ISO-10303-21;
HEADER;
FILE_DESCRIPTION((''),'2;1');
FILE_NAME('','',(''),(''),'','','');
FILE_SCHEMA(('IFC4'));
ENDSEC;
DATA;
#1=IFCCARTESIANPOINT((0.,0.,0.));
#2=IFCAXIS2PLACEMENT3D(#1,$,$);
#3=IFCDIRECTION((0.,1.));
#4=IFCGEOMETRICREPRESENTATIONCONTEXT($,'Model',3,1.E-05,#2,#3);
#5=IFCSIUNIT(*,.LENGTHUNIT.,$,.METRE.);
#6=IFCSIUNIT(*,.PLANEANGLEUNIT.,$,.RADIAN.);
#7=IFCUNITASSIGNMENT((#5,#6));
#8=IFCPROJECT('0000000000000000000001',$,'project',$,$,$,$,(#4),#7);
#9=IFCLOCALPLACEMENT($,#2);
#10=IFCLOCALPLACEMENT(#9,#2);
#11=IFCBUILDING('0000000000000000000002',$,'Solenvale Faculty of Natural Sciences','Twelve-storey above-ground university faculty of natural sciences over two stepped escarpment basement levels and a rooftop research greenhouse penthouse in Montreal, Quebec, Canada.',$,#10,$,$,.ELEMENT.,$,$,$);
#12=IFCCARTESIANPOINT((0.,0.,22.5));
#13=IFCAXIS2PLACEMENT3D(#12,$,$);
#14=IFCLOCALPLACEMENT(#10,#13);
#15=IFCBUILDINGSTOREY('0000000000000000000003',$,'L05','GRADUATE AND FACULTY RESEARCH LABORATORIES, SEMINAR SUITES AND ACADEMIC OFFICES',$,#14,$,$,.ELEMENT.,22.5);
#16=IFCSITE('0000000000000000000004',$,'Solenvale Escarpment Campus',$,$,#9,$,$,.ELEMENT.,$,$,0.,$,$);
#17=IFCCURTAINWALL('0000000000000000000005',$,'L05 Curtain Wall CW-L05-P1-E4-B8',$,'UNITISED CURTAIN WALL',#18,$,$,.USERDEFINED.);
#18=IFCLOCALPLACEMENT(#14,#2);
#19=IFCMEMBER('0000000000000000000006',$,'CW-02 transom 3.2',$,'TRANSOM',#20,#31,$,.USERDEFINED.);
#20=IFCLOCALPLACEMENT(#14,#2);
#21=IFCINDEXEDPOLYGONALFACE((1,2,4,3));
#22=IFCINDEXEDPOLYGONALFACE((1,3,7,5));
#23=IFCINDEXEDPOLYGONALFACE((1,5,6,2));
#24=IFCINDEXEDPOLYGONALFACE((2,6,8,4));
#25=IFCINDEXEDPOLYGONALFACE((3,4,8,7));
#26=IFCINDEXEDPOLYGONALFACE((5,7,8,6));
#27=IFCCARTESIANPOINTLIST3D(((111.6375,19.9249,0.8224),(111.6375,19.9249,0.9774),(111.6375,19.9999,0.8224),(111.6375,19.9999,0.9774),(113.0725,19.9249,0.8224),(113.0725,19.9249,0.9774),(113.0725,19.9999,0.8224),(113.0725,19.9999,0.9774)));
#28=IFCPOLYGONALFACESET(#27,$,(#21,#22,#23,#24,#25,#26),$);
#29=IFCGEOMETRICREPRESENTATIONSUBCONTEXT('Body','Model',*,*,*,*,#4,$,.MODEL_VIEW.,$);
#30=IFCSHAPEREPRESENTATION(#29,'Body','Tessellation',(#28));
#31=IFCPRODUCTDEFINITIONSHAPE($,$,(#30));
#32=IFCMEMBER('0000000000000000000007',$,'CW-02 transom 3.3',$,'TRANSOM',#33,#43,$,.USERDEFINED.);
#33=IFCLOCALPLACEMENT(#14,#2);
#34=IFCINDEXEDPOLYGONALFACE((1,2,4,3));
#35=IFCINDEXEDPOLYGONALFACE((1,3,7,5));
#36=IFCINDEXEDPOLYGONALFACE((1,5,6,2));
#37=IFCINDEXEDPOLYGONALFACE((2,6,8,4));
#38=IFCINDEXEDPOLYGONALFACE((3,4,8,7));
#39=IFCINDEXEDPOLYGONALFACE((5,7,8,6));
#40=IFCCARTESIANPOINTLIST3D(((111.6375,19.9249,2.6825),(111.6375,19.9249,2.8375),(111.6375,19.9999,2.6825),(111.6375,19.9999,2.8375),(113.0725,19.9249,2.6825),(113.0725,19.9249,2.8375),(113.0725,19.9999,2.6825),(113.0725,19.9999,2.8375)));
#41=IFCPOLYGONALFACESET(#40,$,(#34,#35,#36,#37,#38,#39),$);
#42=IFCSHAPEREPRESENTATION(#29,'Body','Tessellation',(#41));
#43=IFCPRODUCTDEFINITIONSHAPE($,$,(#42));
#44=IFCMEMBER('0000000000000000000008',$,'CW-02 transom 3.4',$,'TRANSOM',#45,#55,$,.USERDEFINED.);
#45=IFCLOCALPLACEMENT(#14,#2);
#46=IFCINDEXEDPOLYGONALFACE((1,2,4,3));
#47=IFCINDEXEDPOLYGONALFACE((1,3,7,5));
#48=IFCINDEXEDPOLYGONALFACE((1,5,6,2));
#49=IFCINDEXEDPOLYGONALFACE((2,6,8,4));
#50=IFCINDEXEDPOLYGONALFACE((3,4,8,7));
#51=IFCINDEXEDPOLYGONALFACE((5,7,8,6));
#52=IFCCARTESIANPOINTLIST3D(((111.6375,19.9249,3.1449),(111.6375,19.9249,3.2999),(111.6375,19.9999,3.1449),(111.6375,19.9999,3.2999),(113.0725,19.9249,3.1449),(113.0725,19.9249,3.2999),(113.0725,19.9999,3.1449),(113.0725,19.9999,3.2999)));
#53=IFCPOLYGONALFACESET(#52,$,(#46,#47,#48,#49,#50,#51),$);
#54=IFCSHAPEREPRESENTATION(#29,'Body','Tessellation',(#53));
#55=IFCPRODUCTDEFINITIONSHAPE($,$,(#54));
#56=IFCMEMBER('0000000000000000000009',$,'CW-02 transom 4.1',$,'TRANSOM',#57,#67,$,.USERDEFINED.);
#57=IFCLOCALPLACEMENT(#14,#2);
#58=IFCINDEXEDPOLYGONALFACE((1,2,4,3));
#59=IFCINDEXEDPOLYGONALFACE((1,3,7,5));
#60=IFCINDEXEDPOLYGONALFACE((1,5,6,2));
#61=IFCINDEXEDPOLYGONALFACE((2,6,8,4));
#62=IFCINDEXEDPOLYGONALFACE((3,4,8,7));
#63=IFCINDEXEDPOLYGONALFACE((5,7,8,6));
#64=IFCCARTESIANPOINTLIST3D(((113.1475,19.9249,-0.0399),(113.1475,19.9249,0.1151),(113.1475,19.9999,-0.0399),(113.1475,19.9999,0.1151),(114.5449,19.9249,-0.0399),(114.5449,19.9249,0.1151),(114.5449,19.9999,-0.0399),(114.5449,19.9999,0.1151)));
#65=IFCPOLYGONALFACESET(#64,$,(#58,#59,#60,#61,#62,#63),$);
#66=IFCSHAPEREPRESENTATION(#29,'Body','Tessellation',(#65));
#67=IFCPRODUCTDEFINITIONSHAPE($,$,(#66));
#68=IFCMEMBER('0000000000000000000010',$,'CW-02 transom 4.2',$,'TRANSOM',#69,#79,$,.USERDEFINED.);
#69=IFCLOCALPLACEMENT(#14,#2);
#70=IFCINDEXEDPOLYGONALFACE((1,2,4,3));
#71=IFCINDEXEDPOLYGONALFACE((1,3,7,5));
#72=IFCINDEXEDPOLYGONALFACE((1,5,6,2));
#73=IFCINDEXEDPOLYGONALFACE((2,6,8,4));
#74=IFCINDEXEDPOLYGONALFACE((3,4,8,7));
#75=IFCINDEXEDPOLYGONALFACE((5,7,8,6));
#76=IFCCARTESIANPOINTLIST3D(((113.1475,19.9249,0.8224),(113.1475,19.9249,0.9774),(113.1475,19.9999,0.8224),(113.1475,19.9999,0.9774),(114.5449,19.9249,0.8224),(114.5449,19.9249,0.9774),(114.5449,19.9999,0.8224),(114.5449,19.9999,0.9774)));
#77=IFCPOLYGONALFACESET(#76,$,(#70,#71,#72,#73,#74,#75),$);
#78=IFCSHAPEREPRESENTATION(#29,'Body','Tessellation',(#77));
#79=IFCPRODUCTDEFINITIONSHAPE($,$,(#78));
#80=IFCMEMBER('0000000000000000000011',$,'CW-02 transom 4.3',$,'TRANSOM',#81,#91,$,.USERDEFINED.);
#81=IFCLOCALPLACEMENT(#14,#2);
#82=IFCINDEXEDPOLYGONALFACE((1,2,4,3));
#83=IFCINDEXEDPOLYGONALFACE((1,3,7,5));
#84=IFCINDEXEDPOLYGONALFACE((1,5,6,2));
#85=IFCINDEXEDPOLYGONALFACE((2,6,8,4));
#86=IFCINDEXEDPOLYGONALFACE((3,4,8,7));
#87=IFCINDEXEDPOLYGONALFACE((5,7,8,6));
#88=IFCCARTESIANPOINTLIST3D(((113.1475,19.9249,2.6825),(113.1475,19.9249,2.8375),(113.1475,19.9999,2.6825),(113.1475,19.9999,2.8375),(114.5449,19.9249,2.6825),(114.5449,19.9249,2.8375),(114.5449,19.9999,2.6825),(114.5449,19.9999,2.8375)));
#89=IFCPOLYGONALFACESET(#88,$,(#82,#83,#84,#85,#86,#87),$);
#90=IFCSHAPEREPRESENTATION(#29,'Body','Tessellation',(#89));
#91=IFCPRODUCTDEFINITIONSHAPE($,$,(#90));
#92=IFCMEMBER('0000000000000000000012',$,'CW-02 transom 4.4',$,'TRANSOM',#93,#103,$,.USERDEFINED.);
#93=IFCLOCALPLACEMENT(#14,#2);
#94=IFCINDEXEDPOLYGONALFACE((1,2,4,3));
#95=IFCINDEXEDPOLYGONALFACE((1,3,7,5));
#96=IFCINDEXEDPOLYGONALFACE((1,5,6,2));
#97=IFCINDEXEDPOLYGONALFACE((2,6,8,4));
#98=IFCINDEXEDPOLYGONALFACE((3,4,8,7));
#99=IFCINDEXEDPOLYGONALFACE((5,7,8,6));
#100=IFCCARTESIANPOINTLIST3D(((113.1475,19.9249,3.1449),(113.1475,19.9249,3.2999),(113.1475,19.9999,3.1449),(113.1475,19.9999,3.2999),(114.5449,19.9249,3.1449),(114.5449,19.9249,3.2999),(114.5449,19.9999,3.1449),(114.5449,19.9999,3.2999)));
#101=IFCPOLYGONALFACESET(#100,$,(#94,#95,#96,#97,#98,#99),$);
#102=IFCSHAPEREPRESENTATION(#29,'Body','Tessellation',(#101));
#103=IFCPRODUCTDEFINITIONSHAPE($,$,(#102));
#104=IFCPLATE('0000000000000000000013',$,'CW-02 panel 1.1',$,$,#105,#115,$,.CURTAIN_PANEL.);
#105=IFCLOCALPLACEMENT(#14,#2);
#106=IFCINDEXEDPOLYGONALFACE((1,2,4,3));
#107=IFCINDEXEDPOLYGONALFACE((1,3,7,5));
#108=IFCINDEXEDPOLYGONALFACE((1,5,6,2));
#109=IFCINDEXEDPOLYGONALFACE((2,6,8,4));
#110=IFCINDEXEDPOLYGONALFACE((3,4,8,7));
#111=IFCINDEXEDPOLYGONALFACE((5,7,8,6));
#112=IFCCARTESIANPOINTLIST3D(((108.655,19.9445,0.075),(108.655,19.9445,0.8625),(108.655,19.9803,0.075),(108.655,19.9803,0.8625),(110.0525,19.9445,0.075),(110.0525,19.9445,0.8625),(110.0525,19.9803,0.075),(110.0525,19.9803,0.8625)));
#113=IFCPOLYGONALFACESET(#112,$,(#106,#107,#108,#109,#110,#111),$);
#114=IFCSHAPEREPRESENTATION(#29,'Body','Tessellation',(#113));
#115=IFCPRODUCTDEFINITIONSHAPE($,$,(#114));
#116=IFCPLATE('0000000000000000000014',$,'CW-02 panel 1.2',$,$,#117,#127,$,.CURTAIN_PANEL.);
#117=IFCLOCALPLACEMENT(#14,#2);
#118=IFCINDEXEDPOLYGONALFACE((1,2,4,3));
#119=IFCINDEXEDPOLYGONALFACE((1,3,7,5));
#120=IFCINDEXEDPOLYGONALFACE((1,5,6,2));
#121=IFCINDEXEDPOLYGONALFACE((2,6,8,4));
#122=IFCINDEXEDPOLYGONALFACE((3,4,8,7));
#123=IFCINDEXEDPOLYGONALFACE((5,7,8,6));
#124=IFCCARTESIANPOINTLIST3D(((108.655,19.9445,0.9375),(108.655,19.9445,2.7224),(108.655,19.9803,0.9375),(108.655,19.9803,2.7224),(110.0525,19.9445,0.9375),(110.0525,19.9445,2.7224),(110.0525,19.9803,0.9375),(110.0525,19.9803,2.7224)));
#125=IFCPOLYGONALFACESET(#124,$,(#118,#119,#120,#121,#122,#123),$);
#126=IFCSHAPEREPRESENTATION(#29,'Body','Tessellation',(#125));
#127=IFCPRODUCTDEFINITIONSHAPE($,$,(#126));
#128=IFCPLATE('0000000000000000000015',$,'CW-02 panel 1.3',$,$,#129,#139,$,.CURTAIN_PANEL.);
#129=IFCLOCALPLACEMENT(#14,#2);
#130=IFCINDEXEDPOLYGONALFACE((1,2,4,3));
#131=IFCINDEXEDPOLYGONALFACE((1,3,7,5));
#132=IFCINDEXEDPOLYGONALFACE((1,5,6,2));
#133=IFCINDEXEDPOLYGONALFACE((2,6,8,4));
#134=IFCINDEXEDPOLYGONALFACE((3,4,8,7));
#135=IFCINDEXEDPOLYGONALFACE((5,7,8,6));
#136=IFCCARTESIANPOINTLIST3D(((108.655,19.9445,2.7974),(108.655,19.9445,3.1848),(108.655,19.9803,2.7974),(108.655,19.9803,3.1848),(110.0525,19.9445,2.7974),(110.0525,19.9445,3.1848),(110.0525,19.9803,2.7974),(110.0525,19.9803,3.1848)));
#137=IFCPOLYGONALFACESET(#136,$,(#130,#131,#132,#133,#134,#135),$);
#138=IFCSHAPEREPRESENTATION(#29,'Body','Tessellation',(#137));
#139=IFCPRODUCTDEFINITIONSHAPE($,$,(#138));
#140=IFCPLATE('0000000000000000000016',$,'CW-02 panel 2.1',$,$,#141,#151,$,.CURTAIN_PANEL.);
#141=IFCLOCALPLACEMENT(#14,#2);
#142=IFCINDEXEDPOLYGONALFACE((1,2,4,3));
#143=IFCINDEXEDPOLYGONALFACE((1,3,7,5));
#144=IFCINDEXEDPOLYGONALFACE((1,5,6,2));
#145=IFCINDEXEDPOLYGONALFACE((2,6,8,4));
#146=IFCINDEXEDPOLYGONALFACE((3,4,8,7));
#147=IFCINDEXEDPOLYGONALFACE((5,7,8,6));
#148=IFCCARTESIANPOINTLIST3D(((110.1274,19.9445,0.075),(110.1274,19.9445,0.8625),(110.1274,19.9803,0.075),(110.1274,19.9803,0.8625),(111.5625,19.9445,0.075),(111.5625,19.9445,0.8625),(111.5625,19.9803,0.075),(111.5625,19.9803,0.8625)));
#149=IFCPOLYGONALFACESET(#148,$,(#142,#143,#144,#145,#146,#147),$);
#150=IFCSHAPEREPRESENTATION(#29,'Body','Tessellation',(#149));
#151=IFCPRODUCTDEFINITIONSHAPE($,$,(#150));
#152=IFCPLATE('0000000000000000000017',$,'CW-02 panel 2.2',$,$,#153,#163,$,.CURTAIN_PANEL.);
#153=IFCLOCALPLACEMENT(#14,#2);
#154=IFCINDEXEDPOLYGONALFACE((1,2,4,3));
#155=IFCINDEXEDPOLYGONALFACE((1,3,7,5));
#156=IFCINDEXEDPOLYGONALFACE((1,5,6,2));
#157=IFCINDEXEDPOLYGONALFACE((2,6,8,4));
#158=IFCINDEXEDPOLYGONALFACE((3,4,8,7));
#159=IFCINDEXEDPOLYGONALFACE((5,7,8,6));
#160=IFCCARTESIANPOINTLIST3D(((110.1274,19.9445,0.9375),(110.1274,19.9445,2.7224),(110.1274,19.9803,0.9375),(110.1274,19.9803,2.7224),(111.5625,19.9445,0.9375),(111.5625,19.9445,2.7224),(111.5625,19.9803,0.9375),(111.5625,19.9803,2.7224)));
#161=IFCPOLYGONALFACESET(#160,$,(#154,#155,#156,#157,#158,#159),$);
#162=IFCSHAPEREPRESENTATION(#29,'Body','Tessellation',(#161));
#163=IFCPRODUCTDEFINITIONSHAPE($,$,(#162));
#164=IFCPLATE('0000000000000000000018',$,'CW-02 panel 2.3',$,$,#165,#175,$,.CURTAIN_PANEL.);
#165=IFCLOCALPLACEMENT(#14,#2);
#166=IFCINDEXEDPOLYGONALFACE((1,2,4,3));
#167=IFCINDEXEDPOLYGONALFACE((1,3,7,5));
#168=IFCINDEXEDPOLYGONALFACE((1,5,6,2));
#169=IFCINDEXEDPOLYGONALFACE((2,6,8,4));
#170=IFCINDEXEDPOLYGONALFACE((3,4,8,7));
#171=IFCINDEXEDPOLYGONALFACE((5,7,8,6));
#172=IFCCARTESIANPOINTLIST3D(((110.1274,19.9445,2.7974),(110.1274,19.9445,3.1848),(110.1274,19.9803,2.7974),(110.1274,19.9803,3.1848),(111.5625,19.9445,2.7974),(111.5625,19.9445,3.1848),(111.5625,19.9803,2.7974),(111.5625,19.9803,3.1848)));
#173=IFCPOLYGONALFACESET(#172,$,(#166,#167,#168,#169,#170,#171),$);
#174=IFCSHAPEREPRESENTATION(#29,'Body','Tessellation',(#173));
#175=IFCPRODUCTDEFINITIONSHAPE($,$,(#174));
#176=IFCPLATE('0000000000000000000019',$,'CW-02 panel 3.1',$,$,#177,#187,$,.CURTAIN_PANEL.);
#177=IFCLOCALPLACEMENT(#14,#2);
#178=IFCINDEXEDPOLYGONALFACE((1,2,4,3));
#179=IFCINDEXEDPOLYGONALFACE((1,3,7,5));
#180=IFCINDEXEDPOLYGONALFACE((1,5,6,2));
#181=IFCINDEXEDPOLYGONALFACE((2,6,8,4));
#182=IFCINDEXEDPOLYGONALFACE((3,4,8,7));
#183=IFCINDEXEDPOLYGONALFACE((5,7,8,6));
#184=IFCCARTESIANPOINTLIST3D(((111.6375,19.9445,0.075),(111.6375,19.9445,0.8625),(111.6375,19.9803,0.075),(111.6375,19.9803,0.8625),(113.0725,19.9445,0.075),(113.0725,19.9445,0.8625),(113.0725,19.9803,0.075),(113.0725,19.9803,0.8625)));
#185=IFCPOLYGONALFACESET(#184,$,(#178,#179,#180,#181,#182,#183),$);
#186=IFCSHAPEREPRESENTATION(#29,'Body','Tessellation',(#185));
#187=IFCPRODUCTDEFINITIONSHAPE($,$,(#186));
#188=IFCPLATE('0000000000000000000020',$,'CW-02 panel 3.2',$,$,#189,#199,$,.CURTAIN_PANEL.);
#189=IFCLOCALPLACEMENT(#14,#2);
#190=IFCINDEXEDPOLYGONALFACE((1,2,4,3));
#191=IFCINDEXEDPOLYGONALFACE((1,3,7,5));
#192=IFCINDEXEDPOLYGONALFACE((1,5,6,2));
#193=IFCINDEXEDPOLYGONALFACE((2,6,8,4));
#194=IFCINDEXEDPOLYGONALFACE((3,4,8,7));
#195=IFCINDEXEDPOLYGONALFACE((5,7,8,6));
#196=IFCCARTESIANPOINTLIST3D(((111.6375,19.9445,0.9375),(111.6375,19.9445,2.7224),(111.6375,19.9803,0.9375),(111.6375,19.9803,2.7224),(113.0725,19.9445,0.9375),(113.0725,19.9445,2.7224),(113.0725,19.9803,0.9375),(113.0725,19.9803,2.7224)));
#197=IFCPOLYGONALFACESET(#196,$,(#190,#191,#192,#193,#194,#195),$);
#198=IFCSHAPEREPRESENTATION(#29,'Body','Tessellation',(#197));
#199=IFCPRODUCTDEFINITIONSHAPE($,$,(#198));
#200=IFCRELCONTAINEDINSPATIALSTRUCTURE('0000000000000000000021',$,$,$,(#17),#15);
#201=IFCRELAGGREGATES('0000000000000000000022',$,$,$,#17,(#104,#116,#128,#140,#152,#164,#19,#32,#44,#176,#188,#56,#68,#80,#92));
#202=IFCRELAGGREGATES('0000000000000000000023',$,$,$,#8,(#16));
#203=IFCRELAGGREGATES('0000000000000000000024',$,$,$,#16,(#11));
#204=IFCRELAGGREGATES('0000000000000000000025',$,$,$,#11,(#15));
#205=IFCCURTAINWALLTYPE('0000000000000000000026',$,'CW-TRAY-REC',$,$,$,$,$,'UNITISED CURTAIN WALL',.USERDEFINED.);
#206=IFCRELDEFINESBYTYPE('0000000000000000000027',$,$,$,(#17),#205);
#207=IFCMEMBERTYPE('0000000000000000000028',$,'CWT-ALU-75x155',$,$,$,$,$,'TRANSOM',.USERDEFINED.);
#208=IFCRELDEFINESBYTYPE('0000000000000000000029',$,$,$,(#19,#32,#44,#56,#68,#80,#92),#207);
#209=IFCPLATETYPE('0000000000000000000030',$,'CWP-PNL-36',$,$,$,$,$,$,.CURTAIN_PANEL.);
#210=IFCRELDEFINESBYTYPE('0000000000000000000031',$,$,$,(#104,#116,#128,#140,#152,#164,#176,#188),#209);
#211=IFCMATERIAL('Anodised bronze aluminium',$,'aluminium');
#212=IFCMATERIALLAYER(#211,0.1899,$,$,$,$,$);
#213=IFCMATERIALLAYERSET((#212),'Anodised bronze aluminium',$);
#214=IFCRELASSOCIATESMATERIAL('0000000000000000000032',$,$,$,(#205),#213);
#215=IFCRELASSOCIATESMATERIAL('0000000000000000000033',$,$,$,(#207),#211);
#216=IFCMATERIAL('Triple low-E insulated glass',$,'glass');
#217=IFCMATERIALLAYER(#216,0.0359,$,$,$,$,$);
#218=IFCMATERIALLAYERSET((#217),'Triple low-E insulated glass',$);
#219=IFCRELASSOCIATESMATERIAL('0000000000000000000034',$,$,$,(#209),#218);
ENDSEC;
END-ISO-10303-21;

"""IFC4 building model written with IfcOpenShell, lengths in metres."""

from ifc_helpers import new_model, si_unit, direction, frame, origin, origin_2d, place, context, subcontext, project, spatial, rectangle, extrude, material, layer, layer_set, material_profile, profile_set, type_object, element, aggregate, save


model = new_model("IFC4")

# Units and contexts
model_context = context("Model", 3, precision=1e-05, world=origin(), true_north=direction((0.0, 1.0)))
body_context = subcontext(model_context, "Body", "Model", "MODEL_VIEW")
ifc_project = project(units=[si_unit("LENGTHUNIT", "METRE"), si_unit("PLANEANGLEUNIT", "RADIAN")], contexts=[model_context])

# Site, building, storey
site_placement = place(None, origin())
site = spatial("IfcSite", under=ifc_project, at=site_placement, Name="Solenvale Escarpment Campus", CompositionType="ELEMENT", RefElevation=0.0)
building_placement = place(site_placement, origin())
building = spatial("IfcBuilding", under=site, at=building_placement, Name="Solenvale Faculty of Natural Sciences", Description="Twelve-storey above-ground university faculty of natural sciences over two stepped escarpment basement levels and a rooftop research greenhouse penthouse in Montreal, Quebec, Canada.", CompositionType="ELEMENT")
storey_placement = place(building_placement, frame((0.0, 0.0, 22.5)))
storey = spatial("IfcBuildingStorey", under=building, at=storey_placement, Name="L05", Description="GRADUATE AND FACULTY RESEARCH LABORATORIES, SEMINAR SUITES AND ACADEMIC OFFICES", CompositionType="ELEMENT", Elevation=22.5)

# Curtain wall, members, plates
ifc_material_1 = material(Name="Anodised bronze aluminium", Category="aluminium")
ifc_layer_1 = layer(ifc_material_1, 0.1899)
ifc_layer_set_1 = layer_set([ifc_layer_1], Name="Anodised bronze aluminium")
curtain_wall_type = type_object("IfcCurtainWallType", Name="CW-TRAY-REC", ElementType="UNITISED CURTAIN WALL", PredefinedType="USERDEFINED", material=ifc_layer_set_1)
curtain_wall_placement = place(storey_placement, origin())
curtain_wall = element("IfcCurtainWall", 1, at=curtain_wall_placement, inside=storey, type_object=curtain_wall_type, Name="L05 Curtain Wall CW-L05-P1-E4-B8", ObjectType="UNITISED CURTAIN WALL", PredefinedType="USERDEFINED")
ifc_material_profile_1 = material_profile(ifc_material_1, rectangle(XDim=0.075, YDim=0.155, at=origin_2d()), Name="ALU-TRN-75x155")
ifc_profile_set_1 = profile_set([ifc_material_profile_1], Name="Anodised bronze aluminium")
member_type_1 = type_object("IfcMemberType", Name="CWT-ALU-75x155", ElementType="TRANSOM", PredefinedType="USERDEFINED", material=ifc_profile_set_1)
member_1_placement = place(storey_placement, frame((111.6375, 19.9624, 0.8999), z_axis=(1.0, 0.0, 0.0), x_axis=(0.0, 1.0, 0.0)))
member_1 = element("IfcMember", 2, at=member_1_placement, type_object=member_type_1, Name="CW-02 transom 3.2", ObjectType="TRANSOM", PredefinedType="USERDEFINED", context=body_context, shape_type="SweptSolid", body=[
    extrude(rectangle(XDim=0.075, YDim=0.155, at=origin_2d()), origin(), (0.0, 0.0, 1.0), 1.4351),
])
member_2_placement = place(storey_placement, frame((111.6375, 19.9624, 2.76), z_axis=(1.0, 0.0, 0.0), x_axis=(0.0, 1.0, 0.0)))
member_2 = element("IfcMember", 3, at=member_2_placement, type_object=member_type_1, Name="CW-02 transom 3.3", ObjectType="TRANSOM", PredefinedType="USERDEFINED", context=body_context, shape_type="SweptSolid", body=[
    extrude(rectangle(XDim=0.075, YDim=0.155, at=origin_2d()), origin(), (0.0, 0.0, 1.0), 1.4351),
])
member_3_placement = place(storey_placement, frame((111.6375, 19.9624, 3.2224), z_axis=(1.0, 0.0, 0.0), x_axis=(0.0, 1.0, 0.0)))
member_3 = element("IfcMember", 4, at=member_3_placement, type_object=member_type_1, Name="CW-02 transom 3.4", ObjectType="TRANSOM", PredefinedType="USERDEFINED", context=body_context, shape_type="SweptSolid", body=[
    extrude(rectangle(XDim=0.075, YDim=0.155, at=origin_2d()), origin(), (0.0, 0.0, 1.0), 1.4351),
])
member_4_placement = place(storey_placement, frame((113.1475, 19.9624, 0.0376), z_axis=(1.0, 0.0, 0.0), x_axis=(0.0, 1.0, 0.0)))
member_4 = element("IfcMember", 5, at=member_4_placement, type_object=member_type_1, Name="CW-02 transom 4.1", ObjectType="TRANSOM", PredefinedType="USERDEFINED", context=body_context, shape_type="SweptSolid", body=[
    extrude(rectangle(XDim=0.075, YDim=0.155, at=origin_2d()), origin(), (0.0, 0.0, 1.0), 1.3975),
])
member_5_placement = place(storey_placement, frame((113.1475, 19.9624, 0.8999), z_axis=(1.0, 0.0, 0.0), x_axis=(0.0, 1.0, 0.0)))
member_5 = element("IfcMember", 6, at=member_5_placement, type_object=member_type_1, Name="CW-02 transom 4.2", ObjectType="TRANSOM", PredefinedType="USERDEFINED", context=body_context, shape_type="SweptSolid", body=[
    extrude(rectangle(XDim=0.075, YDim=0.155, at=origin_2d()), origin(), (0.0, 0.0, 1.0), 1.3975),
])
member_6_placement = place(storey_placement, frame((113.1475, 19.9624, 2.76), z_axis=(1.0, 0.0, 0.0), x_axis=(0.0, 1.0, 0.0)))
member_6 = element("IfcMember", 7, at=member_6_placement, type_object=member_type_1, Name="CW-02 transom 4.3", ObjectType="TRANSOM", PredefinedType="USERDEFINED", context=body_context, shape_type="SweptSolid", body=[
    extrude(rectangle(XDim=0.075, YDim=0.155, at=origin_2d()), origin(), (0.0, 0.0, 1.0), 1.3975),
])
member_7_placement = place(storey_placement, frame((113.1475, 19.9624, 3.2224), z_axis=(1.0, 0.0, 0.0), x_axis=(0.0, 1.0, 0.0)))
member_7 = element("IfcMember", 8, at=member_7_placement, type_object=member_type_1, Name="CW-02 transom 4.4", ObjectType="TRANSOM", PredefinedType="USERDEFINED", context=body_context, shape_type="SweptSolid", body=[
    extrude(rectangle(XDim=0.075, YDim=0.155, at=origin_2d()), origin(), (0.0, 0.0, 1.0), 1.3975),
])
ifc_material_2 = material(Name="Triple low-E insulated glass", Category="glass")
ifc_layer_2 = layer(ifc_material_2, 0.0359)
ifc_layer_set_2 = layer_set([ifc_layer_2], Name="Triple low-E insulated glass")
plate_type = type_object("IfcPlateType", Name="CWP-PNL-36", PredefinedType="CURTAIN_PANEL", material=ifc_layer_set_2)
plate_1_placement = place(storey_placement, frame((109.3538, 19.9624, 0.075), z_axis=(0.0, 0.0, 1.0), x_axis=(1.0, 0.0, 0.0)))
plate_1 = element("IfcPlate", 9, at=plate_1_placement, type_object=plate_type, Name="CW-02 panel 1.1", PredefinedType="CURTAIN_PANEL", context=body_context, shape_type="SweptSolid", body=[
    extrude(rectangle(XDim=1.3975, YDim=0.0359, at=origin_2d()), origin(), (0.0, 0.0, 1.0), 0.7876),
])
plate_2_placement = place(storey_placement, frame((109.3538, 19.9624, 0.9375), z_axis=(0.0, 0.0, 1.0), x_axis=(1.0, 0.0, 0.0)))
plate_2 = element("IfcPlate", 10, at=plate_2_placement, type_object=plate_type, Name="CW-02 panel 1.2", PredefinedType="CURTAIN_PANEL", context=body_context, shape_type="SweptSolid", body=[
    extrude(rectangle(XDim=1.3975, YDim=0.0359, at=origin_2d()), origin(), (0.0, 0.0, 1.0), 1.7849),
])
plate_3_placement = place(storey_placement, frame((109.3538, 19.9624, 2.7974), z_axis=(0.0, 0.0, 1.0), x_axis=(1.0, 0.0, 0.0)))
plate_3 = element("IfcPlate", 11, at=plate_3_placement, type_object=plate_type, Name="CW-02 panel 1.3", PredefinedType="CURTAIN_PANEL", context=body_context, shape_type="SweptSolid", body=[
    extrude(rectangle(XDim=1.3975, YDim=0.0359, at=origin_2d()), origin(), (0.0, 0.0, 1.0), 0.3875),
])
plate_4_placement = place(storey_placement, frame((110.845, 19.9624, 0.075), z_axis=(0.0, 0.0, 1.0), x_axis=(1.0, 0.0, 0.0)))
plate_4 = element("IfcPlate", 12, at=plate_4_placement, type_object=plate_type, Name="CW-02 panel 2.1", PredefinedType="CURTAIN_PANEL", context=body_context, shape_type="SweptSolid", body=[
    extrude(rectangle(XDim=1.4351, YDim=0.0359, at=origin_2d()), origin(), (0.0, 0.0, 1.0), 0.7876),
])
plate_5_placement = place(storey_placement, frame((110.845, 19.9624, 0.9375), z_axis=(0.0, 0.0, 1.0), x_axis=(1.0, 0.0, 0.0)))
plate_5 = element("IfcPlate", 13, at=plate_5_placement, type_object=plate_type, Name="CW-02 panel 2.2", PredefinedType="CURTAIN_PANEL", context=body_context, shape_type="SweptSolid", body=[
    extrude(rectangle(XDim=1.4351, YDim=0.0359, at=origin_2d()), origin(), (0.0, 0.0, 1.0), 1.7849),
])
plate_6_placement = place(storey_placement, frame((110.845, 19.9624, 2.7974), z_axis=(0.0, 0.0, 1.0), x_axis=(1.0, 0.0, 0.0)))
plate_6 = element("IfcPlate", 14, at=plate_6_placement, type_object=plate_type, Name="CW-02 panel 2.3", PredefinedType="CURTAIN_PANEL", context=body_context, shape_type="SweptSolid", body=[
    extrude(rectangle(XDim=1.4351, YDim=0.0359, at=origin_2d()), origin(), (0.0, 0.0, 1.0), 0.3875),
])
plate_7_placement = place(storey_placement, frame((112.355, 19.9624, 0.075), z_axis=(0.0, 0.0, 1.0), x_axis=(1.0, 0.0, 0.0)))
plate_7 = element("IfcPlate", 15, at=plate_7_placement, type_object=plate_type, Name="CW-02 panel 3.1", PredefinedType="CURTAIN_PANEL", context=body_context, shape_type="SweptSolid", body=[
    extrude(rectangle(XDim=1.4351, YDim=0.0359, at=origin_2d()), origin(), (0.0, 0.0, 1.0), 0.7876),
])
plate_8_placement = place(storey_placement, frame((112.355, 19.9624, 0.9375), z_axis=(0.0, 0.0, 1.0), x_axis=(1.0, 0.0, 0.0)))
plate_8 = element("IfcPlate", 16, at=plate_8_placement, type_object=plate_type, Name="CW-02 panel 3.2", PredefinedType="CURTAIN_PANEL", context=body_context, shape_type="SweptSolid", body=[
    extrude(rectangle(XDim=1.4351, YDim=0.0359, at=origin_2d()), origin(), (0.0, 0.0, 1.0), 1.7849),
])
aggregate(curtain_wall, [plate_1, plate_2, plate_3, plate_4, plate_5, plate_6, member_1, member_2, member_3, plate_7, plate_8, member_4, member_5, member_6, member_7])

save(model, "model.ifc")
